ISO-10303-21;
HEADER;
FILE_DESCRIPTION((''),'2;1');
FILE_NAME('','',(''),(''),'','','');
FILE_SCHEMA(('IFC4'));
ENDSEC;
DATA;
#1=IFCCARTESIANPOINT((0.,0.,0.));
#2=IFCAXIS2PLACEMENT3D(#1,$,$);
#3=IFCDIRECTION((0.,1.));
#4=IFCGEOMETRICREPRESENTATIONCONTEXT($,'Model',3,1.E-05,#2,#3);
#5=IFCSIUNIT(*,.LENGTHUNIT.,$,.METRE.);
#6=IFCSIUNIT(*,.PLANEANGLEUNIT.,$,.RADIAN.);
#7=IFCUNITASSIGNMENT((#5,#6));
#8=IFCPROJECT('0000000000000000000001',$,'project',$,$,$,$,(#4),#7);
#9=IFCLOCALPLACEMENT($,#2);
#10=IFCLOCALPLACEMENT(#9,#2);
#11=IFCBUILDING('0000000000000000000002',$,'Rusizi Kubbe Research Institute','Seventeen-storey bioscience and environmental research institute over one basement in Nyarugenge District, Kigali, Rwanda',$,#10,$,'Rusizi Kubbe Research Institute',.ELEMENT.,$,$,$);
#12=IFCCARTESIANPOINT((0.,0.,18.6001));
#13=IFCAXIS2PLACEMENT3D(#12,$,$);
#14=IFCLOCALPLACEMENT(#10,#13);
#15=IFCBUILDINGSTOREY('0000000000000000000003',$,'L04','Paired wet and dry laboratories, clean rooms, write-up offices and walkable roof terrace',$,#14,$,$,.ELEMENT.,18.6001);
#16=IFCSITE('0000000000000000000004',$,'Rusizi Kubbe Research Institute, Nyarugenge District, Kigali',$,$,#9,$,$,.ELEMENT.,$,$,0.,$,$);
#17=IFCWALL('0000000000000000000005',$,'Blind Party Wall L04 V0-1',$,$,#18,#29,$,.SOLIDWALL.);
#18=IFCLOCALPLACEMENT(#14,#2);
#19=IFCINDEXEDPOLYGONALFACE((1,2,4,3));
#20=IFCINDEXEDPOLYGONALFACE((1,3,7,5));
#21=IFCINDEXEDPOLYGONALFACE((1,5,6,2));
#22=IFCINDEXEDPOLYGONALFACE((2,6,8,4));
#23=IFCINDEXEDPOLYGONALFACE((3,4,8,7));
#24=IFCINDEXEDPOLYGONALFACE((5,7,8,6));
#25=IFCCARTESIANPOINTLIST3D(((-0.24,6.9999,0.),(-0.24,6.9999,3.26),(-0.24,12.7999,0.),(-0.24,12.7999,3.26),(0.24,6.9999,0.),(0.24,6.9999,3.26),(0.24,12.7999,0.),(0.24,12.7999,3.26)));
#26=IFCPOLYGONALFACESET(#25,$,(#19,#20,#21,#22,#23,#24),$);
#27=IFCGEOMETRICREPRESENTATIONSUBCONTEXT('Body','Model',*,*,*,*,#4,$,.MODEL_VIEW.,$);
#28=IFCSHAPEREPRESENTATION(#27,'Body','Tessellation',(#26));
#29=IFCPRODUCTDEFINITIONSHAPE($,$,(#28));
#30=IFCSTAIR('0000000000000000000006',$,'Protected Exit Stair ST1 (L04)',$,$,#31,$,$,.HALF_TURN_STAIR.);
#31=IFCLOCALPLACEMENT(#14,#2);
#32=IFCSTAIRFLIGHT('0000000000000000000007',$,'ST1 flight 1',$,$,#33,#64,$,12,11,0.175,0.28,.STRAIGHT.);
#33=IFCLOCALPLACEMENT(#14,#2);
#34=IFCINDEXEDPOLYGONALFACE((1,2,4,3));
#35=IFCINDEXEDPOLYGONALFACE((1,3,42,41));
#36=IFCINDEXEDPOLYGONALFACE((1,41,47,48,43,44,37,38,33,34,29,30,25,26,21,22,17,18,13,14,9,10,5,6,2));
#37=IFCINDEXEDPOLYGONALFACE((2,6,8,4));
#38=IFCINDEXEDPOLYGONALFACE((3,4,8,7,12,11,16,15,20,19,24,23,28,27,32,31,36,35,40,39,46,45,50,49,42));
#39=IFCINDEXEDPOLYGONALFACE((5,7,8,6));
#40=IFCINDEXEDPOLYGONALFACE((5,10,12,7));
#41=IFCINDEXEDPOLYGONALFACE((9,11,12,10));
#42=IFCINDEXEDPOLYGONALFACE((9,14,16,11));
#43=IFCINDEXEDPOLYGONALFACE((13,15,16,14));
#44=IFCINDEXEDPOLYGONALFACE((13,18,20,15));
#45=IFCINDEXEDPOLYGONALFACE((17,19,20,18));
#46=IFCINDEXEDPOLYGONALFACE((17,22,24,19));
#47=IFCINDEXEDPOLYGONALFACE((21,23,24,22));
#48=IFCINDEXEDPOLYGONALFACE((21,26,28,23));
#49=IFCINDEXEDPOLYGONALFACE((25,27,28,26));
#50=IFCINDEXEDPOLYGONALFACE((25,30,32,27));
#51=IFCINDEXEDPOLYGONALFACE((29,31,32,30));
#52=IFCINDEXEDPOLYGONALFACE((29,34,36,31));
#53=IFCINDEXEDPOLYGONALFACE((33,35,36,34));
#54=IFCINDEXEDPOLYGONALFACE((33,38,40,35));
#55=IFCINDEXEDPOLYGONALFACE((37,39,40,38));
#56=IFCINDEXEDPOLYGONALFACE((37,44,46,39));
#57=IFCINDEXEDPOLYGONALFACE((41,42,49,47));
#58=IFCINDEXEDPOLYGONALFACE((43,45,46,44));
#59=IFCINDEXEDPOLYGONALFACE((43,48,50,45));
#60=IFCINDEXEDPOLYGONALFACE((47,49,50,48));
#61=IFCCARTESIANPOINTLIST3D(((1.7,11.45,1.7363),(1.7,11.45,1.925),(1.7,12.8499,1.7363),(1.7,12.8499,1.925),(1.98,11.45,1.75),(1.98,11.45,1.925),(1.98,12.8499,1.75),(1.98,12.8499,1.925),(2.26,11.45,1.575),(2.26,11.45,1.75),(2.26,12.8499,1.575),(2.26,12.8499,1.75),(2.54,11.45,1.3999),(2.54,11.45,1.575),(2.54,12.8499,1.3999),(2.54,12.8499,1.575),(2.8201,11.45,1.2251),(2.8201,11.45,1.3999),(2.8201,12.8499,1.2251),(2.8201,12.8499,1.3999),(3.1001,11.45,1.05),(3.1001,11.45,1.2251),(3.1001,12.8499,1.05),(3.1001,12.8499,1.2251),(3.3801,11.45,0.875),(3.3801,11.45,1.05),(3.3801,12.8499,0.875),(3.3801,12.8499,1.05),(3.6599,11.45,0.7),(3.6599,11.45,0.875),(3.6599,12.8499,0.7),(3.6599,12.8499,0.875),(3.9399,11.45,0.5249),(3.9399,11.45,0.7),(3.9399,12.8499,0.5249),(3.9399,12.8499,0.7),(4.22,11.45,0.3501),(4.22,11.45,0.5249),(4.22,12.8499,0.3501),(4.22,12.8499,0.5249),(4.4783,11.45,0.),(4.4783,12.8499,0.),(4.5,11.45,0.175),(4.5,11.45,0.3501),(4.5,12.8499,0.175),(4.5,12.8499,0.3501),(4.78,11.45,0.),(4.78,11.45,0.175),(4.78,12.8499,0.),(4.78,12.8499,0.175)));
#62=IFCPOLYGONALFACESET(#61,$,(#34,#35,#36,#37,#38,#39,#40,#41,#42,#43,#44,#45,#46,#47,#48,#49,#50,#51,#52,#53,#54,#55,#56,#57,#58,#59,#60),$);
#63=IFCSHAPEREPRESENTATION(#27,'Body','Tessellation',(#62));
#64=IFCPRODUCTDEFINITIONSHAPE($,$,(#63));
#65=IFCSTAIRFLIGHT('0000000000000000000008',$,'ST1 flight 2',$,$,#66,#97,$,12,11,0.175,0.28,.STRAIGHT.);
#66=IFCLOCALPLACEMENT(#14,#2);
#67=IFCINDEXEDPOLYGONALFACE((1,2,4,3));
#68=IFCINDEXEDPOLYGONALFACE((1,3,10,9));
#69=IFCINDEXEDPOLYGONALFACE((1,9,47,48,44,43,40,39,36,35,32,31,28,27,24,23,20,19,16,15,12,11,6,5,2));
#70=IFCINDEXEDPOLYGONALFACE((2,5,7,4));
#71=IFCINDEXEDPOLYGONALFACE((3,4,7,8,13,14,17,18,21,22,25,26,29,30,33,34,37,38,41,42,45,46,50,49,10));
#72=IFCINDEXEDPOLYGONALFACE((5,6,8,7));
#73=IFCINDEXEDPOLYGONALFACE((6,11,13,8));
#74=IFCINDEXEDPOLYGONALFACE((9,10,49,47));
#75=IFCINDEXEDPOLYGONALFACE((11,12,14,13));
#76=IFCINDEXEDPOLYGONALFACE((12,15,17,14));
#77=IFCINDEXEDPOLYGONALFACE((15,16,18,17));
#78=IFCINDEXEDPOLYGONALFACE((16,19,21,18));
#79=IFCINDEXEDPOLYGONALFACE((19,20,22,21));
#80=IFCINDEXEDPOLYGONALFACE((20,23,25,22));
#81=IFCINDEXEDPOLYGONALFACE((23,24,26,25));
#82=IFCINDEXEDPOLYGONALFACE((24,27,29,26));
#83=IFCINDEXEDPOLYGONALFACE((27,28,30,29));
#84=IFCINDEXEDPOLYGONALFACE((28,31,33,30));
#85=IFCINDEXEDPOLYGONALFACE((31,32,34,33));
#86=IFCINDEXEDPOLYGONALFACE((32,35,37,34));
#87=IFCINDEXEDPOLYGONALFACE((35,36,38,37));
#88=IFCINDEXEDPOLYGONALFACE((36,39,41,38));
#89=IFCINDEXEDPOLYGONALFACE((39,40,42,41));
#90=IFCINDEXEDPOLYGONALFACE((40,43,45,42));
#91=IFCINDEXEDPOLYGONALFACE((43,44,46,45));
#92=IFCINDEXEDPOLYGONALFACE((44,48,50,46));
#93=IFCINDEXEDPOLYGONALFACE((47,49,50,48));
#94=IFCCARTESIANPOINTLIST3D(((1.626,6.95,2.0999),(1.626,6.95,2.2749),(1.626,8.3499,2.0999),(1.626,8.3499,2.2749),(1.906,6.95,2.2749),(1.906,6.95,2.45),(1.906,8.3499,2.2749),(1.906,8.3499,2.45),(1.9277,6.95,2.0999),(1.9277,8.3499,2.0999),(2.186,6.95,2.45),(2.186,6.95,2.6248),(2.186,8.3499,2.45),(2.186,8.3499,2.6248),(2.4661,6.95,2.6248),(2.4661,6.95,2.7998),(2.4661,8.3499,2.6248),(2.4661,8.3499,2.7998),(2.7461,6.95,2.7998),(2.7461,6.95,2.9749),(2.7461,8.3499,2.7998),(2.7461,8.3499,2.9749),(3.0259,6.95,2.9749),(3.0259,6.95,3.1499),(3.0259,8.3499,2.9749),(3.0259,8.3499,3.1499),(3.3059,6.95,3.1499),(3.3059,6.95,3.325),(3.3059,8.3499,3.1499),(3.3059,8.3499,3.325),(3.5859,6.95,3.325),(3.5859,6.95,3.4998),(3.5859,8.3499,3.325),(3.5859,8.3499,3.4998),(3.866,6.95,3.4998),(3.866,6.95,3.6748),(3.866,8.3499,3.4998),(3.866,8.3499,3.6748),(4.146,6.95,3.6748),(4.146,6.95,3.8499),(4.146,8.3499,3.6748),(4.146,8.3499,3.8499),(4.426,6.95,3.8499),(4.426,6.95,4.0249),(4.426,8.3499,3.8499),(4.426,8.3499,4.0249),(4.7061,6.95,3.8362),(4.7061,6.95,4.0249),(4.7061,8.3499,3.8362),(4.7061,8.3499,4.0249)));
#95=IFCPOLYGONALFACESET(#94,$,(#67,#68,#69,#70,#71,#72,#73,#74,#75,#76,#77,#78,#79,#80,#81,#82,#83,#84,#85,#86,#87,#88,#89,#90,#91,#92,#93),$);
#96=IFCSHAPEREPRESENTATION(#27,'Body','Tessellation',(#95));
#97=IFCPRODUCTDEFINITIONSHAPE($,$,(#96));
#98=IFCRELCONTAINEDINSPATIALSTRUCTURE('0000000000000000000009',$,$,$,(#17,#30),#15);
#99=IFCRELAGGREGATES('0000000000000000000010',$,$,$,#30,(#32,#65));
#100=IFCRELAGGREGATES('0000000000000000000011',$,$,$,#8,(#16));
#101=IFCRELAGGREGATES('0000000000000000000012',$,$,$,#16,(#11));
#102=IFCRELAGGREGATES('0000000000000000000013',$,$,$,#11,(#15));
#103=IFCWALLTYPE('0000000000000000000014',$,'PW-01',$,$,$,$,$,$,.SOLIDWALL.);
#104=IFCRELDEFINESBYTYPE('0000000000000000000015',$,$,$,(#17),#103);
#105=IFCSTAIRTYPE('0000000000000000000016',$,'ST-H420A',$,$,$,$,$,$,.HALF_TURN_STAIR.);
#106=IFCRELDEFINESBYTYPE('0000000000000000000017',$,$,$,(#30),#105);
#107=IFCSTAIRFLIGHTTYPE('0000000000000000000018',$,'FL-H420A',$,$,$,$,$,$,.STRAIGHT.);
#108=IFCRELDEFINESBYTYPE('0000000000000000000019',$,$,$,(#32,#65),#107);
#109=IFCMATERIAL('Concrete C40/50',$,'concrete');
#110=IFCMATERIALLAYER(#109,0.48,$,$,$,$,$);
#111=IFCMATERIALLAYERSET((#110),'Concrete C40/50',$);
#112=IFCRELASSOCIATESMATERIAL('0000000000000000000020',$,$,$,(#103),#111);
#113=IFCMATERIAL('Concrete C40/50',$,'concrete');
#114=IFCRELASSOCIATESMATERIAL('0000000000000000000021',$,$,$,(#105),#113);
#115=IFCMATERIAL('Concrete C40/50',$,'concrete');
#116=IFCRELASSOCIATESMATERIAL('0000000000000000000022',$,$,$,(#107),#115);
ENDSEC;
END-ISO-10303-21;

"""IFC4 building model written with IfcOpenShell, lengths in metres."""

from ifc_helpers import new_model, si_unit, direction, frame, frame_2d, origin, place, context, subcontext, project, spatial, polyline, rectangle, outline, extrude, material, layer, layer_set, type_object, element, aggregate, save


model = new_model("IFC4")

# Units and contexts
model_context = context("Model", 3, precision=1e-05, world=origin(), true_north=direction((0.0, 1.0)))
body_context = subcontext(model_context, "Body", "Model", "MODEL_VIEW")
ifc_project = project(units=[si_unit("LENGTHUNIT", "METRE"), si_unit("PLANEANGLEUNIT", "RADIAN")], contexts=[model_context])

# Site, building, storey
site_placement = place(None, origin())
site = spatial("IfcSite", under=ifc_project, at=site_placement, Name="Rusizi Kubbe Research Institute, Nyarugenge District, Kigali", CompositionType="ELEMENT", RefElevation=0.0)
building_placement = place(site_placement, origin())
building = spatial("IfcBuilding", under=site, at=building_placement, Name="Rusizi Kubbe Research Institute", Description="Seventeen-storey bioscience and environmental research institute over one basement in Nyarugenge District, Kigali, Rwanda", LongName="Rusizi Kubbe Research Institute", CompositionType="ELEMENT")
storey_placement = place(building_placement, frame((0.0, 0.0, 18.6001)))
storey = spatial("IfcBuildingStorey", under=building, at=storey_placement, Name="L04", Description="Paired wet and dry laboratories, clean rooms, write-up offices and walkable roof terrace", CompositionType="ELEMENT", Elevation=18.6001)

# Wall
ifc_material_1 = material(Name="Concrete C40/50", Category="concrete")
ifc_layer_1 = layer(ifc_material_1, 0.48)
ifc_layer_set_1 = layer_set([ifc_layer_1], Name="Concrete C40/50")
wall_type_1 = type_object("IfcWallType", Name="PW-01", PredefinedType="SOLIDWALL", material=ifc_layer_set_1)
for number, where, z_axis, x_axis, name in (
    (1, (0.0, 7.0, 0.0), (0.0, 0.0, 1.0), (0.0, 1.0, 0.0), "Blind Party Wall L04 V0-1"),
):
    element("IfcWall", number, at=place(storey_placement, frame(where, z_axis=z_axis, x_axis=x_axis)), inside=storey, type_object=wall_type_1, Name=name, PredefinedType="SOLIDWALL", context=body_context, shape_type="SweptSolid", body=[
        extrude(rectangle(XDim=5.8, YDim=0.48, at=frame_2d((2.8999, 0.0))), origin(), (0.0, 0.0, 1.0), 3.26),
    ])

# Stair, stair flights
ifc_material_2 = material(Name="Concrete C40/50", Category="concrete")
stair_type = type_object("IfcStairType", Name="ST-H420A", PredefinedType="HALF_TURN_STAIR", material=ifc_material_2)
stair_placement = place(storey_placement, origin())
stair = element("IfcStair", 2, at=stair_placement, inside=storey, type_object=stair_type, Name="Protected Exit Stair ST1 (L04)", PredefinedType="HALF_TURN_STAIR")
ifc_material_3 = material(Name="Concrete C40/50", Category="concrete")
stair_flight_type = type_object("IfcStairFlightType", Name="FL-H420A", PredefinedType="STRAIGHT", material=ifc_material_3)
stair_flight_1_placement = place(storey_placement, frame((4.78, 12.1499, 0.0), z_axis=(0.0, 0.0, 1.0), x_axis=(-1.0, 0.0, 0.0)))
stair_flight_1 = element("IfcStairFlight", 3, at=stair_flight_1_placement, type_object=stair_flight_type, Name="ST1 flight 1", NumberOfRisers=12, NumberOfTreads=11, PredefinedType="STRAIGHT", RiserHeight=0.175, TreadLength=0.28, context=body_context, shape_type="SweptSolid", body=[
    extrude(outline(polyline([(0.0, 0.0), (0.0, 0.175), (0.28, 0.175), (0.28, 0.3501), (0.5601, 0.3501), (0.5601, 0.5249), (0.8401, 0.5249), (0.8401, 0.7), (1.1201, 0.7), (1.1201, 0.875), (1.3999, 0.875), (1.3999, 1.05), (1.6799, 1.05), (1.6799, 1.2251), (1.96, 1.2251), (1.96, 1.3999), (2.24, 1.3999), (2.24, 1.575), (2.52, 1.575), (2.52, 1.75), (2.8, 1.75), (2.8, 1.925), (3.0801, 1.925), (3.0801, 2.1001), (3.0801, 1.7363), (0.3018, 0.0), (0.0, 0.0)])), frame((0.0, 0.7, 0.0), z_axis=(0.0, -1.0, 0.0), x_axis=(1.0, 0.0, 0.0)), (0.0, 0.0, 1.0), 1.3999),
])
stair_flight_2_placement = place(storey_placement, frame((1.626, 7.6499, 2.0999), z_axis=(0.0, 0.0, 1.0), x_axis=(1.0, 0.0, 0.0)))
stair_flight_2 = element("IfcStairFlight", 4, at=stair_flight_2_placement, type_object=stair_flight_type, Name="ST1 flight 2", NumberOfRisers=12, NumberOfTreads=11, PredefinedType="STRAIGHT", RiserHeight=0.175, TreadLength=0.28, context=body_context, shape_type="SweptSolid", body=[
    extrude(outline(polyline([(0.0, 0.0), (0.0, 0.175), (0.28, 0.175), (0.28, 0.3501), (0.5601, 0.3501), (0.5601, 0.5249), (0.8401, 0.5249), (0.8401, 0.7), (1.1201, 0.7), (1.1201, 0.875), (1.3999, 0.875), (1.3999, 1.05), (1.6799, 1.05), (1.6799, 1.2251), (1.96, 1.2251), (1.96, 1.3999), (2.24, 1.3999), (2.24, 1.575), (2.52, 1.575), (2.52, 1.75), (2.8, 1.75), (2.8, 1.925), (3.0801, 1.925), (3.0801, 2.1001), (3.0801, 1.7363), (0.3018, 0.0), (0.0, 0.0)])), frame((0.0, 0.7, 0.0), z_axis=(0.0, -1.0, 0.0), x_axis=(1.0, 0.0, 0.0)), (0.0, 0.0, 1.0), 1.3999),
])
aggregate(stair, [stair_flight_1, stair_flight_2])

save(model, "model.ifc")
